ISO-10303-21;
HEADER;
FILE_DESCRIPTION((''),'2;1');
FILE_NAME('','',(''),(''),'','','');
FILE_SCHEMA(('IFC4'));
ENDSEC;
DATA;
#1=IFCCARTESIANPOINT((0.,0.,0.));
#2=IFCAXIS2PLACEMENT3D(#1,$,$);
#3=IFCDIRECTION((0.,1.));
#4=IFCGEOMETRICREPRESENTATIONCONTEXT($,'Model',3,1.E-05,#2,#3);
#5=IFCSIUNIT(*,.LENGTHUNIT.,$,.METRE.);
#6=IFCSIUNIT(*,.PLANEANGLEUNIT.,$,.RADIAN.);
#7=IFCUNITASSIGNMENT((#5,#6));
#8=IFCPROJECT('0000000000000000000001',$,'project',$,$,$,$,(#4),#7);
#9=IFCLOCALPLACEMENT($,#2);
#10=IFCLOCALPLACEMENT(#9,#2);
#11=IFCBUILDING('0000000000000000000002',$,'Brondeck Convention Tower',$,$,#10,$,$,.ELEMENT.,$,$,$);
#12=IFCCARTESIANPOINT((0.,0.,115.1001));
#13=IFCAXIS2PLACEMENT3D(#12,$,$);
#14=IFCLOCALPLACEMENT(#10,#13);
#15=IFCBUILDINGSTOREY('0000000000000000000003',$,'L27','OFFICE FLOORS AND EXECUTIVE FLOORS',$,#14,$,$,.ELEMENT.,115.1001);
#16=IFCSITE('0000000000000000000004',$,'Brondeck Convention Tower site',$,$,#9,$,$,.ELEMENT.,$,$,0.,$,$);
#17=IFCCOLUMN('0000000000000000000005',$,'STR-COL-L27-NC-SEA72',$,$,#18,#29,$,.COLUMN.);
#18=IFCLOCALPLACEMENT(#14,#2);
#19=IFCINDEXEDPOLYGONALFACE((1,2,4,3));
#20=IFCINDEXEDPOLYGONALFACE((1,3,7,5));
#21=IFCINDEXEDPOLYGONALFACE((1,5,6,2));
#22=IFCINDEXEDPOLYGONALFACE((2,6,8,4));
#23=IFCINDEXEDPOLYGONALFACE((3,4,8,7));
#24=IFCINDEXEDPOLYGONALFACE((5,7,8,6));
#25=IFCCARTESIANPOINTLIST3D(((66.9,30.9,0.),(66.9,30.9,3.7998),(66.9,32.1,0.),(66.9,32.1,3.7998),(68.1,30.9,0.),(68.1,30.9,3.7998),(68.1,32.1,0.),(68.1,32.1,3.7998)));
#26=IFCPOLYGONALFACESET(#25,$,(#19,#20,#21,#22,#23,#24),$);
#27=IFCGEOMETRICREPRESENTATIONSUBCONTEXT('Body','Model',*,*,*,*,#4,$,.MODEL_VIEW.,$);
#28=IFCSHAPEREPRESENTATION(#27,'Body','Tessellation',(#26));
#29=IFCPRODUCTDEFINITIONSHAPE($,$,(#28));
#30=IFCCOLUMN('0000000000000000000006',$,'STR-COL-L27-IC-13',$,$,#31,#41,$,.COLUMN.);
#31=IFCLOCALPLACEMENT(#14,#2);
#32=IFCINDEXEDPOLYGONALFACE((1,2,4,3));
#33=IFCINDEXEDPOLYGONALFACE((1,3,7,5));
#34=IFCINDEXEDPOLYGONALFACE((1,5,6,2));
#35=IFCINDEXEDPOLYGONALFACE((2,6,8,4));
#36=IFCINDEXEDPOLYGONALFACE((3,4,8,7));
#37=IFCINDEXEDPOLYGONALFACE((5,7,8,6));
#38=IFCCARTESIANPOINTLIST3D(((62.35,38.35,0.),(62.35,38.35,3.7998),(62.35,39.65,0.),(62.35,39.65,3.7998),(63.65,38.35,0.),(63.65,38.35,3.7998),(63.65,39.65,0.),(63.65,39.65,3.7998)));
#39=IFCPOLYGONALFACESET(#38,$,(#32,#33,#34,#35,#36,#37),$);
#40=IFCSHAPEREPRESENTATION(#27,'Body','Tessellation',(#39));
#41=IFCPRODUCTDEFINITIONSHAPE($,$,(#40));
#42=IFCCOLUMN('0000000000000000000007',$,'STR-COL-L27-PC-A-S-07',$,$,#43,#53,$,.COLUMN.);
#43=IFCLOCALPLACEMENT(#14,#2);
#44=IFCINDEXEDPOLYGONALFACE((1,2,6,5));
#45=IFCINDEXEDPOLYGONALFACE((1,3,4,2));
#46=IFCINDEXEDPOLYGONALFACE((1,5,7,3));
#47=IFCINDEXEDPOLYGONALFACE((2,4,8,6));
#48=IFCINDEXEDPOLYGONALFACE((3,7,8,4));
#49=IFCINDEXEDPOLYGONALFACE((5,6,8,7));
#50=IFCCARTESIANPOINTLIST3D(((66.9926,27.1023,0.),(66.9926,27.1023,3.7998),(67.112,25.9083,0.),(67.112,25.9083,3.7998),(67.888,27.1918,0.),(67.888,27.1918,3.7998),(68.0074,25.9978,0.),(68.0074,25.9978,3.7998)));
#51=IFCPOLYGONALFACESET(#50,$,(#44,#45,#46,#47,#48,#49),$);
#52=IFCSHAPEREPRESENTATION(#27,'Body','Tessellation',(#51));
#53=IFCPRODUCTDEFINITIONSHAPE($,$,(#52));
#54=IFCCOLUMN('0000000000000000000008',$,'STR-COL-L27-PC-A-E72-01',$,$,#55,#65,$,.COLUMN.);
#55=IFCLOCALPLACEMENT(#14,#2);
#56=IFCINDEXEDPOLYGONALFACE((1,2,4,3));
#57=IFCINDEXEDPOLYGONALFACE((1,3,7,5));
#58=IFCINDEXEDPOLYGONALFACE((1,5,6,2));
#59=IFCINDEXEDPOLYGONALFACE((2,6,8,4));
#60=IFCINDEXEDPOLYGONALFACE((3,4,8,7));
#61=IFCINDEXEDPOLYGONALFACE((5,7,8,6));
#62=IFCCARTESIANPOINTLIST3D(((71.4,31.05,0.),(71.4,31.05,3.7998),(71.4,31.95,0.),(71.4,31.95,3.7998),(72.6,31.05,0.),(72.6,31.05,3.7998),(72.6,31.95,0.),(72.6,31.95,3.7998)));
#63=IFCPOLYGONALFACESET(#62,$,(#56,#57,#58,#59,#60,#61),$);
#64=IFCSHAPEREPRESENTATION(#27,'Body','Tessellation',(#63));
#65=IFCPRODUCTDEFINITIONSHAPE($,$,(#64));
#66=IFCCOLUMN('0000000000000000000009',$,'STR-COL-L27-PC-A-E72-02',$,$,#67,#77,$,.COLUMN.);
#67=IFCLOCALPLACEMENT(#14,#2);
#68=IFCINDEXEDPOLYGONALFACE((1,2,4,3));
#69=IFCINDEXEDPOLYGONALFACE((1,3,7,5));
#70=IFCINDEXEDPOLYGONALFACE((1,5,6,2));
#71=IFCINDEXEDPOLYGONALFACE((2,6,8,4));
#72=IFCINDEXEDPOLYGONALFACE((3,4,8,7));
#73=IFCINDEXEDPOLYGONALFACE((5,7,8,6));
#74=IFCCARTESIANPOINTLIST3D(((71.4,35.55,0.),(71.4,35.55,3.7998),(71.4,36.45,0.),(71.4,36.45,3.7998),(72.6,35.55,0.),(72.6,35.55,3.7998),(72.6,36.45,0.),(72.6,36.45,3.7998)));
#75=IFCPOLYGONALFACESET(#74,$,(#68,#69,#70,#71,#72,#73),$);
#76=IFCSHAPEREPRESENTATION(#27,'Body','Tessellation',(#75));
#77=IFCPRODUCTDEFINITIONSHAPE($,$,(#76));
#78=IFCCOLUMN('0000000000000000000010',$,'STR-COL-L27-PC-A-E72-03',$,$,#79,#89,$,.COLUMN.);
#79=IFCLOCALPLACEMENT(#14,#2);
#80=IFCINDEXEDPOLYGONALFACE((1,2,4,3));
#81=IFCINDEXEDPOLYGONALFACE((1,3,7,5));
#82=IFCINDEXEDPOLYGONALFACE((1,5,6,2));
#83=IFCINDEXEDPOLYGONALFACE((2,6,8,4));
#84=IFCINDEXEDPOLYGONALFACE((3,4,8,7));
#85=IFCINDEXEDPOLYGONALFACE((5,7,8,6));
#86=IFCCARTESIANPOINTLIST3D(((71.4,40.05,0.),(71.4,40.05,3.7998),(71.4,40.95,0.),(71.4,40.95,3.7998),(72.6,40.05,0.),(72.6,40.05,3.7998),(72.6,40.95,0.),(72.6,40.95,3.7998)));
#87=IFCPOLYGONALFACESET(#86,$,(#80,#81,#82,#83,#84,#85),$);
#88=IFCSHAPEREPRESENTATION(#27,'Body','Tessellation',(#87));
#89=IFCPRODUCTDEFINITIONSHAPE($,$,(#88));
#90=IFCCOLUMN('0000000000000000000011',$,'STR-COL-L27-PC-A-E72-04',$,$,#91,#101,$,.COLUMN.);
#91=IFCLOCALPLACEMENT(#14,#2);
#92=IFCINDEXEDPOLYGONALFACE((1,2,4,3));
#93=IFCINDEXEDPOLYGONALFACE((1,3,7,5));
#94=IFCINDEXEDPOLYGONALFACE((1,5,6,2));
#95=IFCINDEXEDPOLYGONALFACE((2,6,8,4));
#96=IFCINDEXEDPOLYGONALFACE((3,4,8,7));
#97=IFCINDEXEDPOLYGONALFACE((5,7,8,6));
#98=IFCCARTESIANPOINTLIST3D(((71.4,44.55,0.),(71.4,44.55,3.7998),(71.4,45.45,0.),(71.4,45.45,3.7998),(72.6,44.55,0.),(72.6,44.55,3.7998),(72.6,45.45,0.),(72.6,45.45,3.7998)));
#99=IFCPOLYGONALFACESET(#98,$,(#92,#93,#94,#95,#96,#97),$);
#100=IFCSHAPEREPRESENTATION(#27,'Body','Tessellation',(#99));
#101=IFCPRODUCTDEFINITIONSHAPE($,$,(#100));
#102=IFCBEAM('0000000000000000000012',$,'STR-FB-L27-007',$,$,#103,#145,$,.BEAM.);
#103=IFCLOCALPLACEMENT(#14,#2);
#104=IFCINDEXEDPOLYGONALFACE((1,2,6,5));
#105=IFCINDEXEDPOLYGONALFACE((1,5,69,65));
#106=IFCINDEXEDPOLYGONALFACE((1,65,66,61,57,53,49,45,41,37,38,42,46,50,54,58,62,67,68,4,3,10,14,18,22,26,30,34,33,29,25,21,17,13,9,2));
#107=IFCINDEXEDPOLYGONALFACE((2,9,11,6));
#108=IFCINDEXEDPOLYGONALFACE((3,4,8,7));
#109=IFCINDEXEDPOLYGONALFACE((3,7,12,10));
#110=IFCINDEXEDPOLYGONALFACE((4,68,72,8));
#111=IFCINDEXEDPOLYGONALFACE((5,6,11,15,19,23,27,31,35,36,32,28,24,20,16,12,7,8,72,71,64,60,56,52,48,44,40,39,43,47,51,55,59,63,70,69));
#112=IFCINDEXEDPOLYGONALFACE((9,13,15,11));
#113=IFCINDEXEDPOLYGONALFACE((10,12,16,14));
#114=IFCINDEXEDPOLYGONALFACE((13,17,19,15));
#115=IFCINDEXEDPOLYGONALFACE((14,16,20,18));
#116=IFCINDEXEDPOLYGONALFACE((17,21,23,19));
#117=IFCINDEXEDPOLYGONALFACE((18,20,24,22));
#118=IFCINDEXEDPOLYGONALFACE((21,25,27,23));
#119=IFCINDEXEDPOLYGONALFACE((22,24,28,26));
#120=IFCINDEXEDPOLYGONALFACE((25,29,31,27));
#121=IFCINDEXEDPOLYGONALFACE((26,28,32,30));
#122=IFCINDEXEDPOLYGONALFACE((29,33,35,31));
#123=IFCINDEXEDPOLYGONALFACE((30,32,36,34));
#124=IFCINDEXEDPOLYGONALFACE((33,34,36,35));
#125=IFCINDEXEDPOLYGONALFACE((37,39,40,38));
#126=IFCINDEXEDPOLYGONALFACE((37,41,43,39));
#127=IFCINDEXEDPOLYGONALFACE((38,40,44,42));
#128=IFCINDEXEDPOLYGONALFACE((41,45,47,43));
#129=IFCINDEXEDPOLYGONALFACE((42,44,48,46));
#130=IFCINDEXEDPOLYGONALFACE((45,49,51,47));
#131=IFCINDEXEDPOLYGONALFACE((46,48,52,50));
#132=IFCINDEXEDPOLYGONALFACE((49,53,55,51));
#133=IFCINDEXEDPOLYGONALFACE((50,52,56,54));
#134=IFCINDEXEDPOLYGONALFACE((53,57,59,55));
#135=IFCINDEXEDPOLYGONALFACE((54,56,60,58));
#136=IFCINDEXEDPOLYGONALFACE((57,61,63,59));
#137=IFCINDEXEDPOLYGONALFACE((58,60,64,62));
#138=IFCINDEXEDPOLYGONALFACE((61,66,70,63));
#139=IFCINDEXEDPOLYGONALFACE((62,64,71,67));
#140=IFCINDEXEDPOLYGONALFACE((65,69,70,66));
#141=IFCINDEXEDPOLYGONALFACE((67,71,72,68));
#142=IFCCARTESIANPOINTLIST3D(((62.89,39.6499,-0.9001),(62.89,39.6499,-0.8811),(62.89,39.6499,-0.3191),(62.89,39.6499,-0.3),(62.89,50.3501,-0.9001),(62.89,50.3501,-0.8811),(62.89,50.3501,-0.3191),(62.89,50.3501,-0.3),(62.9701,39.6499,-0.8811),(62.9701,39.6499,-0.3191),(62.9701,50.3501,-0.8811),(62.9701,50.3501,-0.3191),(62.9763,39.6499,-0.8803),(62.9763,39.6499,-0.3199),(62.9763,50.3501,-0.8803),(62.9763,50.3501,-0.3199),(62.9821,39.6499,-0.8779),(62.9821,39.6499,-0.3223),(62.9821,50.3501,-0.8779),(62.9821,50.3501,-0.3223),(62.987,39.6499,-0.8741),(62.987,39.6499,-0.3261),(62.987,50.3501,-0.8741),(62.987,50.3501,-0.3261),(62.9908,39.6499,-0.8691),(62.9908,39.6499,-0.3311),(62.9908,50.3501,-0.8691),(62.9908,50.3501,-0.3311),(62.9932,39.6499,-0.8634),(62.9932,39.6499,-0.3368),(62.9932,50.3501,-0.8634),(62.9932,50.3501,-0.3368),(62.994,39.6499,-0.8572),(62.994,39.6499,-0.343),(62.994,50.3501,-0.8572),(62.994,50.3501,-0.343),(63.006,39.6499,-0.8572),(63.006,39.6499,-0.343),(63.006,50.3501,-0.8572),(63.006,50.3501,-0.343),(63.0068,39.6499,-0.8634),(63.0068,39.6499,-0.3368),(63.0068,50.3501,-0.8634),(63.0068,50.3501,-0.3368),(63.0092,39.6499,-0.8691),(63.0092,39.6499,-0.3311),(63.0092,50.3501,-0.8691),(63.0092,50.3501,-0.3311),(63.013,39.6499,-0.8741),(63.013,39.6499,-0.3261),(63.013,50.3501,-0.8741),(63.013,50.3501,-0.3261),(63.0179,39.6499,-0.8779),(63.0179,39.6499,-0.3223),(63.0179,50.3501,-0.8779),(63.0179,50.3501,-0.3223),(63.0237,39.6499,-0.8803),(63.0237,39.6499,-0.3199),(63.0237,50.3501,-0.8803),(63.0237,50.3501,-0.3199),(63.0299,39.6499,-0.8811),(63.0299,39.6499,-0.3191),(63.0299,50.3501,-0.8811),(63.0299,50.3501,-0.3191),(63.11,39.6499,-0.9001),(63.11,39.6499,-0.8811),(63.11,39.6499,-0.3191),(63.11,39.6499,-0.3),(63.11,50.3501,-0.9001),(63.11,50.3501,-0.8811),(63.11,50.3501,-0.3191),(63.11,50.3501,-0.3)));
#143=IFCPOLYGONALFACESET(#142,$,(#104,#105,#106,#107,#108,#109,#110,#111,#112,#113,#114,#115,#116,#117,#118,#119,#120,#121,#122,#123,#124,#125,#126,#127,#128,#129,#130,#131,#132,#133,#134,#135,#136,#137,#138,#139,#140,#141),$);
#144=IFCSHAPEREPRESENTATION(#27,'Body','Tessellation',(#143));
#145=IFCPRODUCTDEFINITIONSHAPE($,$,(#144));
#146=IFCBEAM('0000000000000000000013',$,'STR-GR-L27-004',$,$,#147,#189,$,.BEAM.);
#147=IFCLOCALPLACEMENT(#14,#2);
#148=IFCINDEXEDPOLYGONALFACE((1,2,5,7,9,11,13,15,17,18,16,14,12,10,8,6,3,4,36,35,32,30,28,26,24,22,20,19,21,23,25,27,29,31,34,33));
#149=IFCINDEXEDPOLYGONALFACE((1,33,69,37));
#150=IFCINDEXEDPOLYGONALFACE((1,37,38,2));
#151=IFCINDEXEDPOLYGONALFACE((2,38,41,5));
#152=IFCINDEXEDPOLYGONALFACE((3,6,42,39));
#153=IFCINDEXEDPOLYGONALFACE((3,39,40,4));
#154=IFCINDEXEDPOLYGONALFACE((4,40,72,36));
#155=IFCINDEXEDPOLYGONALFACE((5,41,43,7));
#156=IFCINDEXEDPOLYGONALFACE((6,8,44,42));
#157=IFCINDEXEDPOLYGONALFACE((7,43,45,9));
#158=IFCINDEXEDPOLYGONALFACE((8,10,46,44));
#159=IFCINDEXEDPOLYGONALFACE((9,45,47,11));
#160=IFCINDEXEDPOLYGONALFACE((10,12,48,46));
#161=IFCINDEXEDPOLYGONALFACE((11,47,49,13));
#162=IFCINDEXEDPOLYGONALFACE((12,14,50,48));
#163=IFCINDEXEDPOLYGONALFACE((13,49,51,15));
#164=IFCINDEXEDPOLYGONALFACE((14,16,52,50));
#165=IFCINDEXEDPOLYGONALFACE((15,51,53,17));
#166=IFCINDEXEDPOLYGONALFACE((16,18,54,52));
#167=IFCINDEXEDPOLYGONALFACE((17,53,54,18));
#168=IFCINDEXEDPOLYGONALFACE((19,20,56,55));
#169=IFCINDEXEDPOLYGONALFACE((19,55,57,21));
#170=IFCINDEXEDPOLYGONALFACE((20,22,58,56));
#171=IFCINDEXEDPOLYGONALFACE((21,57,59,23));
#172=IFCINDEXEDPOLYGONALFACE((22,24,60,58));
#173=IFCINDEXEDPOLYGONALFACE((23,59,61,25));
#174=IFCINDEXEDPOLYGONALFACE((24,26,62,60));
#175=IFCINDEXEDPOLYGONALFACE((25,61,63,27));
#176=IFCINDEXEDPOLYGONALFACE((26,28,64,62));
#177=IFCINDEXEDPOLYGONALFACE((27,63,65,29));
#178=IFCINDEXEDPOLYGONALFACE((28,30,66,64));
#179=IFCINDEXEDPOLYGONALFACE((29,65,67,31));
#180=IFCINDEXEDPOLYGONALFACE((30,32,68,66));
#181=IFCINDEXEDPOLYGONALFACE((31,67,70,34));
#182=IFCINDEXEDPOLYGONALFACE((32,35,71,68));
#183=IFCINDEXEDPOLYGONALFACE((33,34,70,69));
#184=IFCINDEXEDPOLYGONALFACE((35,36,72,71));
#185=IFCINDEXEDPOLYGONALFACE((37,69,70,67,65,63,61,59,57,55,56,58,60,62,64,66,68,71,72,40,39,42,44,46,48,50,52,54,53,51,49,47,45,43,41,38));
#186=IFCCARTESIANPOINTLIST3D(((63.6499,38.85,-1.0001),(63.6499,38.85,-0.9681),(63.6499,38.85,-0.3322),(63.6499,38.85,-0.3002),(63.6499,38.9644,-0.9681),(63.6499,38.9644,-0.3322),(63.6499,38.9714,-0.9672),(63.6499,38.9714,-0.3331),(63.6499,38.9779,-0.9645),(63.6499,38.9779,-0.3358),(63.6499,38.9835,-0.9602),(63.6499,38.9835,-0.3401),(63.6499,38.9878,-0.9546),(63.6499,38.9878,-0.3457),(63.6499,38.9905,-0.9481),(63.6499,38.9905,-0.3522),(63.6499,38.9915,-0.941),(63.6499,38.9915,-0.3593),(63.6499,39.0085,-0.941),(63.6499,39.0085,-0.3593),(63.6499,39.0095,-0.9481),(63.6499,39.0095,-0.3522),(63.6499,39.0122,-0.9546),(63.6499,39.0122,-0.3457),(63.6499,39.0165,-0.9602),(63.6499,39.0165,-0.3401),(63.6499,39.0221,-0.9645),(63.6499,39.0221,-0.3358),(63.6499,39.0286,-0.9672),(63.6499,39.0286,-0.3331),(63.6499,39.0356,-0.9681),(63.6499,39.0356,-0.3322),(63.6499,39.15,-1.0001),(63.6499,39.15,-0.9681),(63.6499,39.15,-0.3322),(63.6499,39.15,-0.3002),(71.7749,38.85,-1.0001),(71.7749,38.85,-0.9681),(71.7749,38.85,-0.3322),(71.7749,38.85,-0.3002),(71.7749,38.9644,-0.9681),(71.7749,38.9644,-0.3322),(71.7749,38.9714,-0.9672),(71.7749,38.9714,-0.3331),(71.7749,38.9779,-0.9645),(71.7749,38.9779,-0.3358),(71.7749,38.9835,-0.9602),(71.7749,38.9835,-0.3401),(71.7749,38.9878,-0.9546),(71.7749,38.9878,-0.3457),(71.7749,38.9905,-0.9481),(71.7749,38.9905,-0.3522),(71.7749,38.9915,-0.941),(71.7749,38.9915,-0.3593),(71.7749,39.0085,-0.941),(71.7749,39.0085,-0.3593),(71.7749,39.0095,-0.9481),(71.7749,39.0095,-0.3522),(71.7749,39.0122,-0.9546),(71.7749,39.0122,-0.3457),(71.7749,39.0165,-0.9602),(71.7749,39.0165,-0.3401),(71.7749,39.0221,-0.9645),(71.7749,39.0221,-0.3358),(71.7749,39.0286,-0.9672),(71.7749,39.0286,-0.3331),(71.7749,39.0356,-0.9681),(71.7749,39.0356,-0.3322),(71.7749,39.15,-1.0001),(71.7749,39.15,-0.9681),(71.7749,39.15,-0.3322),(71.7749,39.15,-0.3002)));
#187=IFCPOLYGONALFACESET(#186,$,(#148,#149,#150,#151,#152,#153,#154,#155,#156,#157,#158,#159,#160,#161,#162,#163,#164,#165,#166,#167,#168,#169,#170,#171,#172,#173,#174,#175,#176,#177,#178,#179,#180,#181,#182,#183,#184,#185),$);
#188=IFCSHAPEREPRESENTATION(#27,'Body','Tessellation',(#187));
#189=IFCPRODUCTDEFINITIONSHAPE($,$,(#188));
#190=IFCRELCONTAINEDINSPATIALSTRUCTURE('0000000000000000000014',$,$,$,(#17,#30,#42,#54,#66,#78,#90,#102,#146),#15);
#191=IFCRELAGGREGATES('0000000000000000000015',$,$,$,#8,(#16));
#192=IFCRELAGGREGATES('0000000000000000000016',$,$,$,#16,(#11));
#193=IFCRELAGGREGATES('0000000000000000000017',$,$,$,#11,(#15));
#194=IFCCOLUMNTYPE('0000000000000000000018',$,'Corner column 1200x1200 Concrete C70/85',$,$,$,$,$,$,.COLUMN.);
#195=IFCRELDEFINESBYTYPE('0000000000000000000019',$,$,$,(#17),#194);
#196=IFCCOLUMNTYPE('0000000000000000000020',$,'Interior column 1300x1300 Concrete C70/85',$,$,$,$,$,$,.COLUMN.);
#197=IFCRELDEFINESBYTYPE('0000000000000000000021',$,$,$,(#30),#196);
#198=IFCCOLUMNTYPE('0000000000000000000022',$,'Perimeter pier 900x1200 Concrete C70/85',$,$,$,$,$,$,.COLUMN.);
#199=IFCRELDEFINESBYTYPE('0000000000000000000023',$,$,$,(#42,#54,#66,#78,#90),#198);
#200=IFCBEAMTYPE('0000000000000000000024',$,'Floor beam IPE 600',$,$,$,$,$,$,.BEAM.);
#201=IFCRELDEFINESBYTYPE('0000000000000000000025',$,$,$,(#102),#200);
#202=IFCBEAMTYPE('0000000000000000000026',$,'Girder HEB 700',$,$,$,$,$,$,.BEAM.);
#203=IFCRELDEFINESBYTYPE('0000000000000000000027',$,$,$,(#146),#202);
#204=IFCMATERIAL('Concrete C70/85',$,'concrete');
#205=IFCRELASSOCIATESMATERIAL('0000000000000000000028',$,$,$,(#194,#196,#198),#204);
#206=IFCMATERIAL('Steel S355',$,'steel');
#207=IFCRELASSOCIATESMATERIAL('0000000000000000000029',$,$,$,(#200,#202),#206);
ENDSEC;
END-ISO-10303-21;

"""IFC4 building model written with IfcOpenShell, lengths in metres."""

from ifc_helpers import new_model, si_unit, direction, frame, origin, origin_2d, place, context, subcontext, project, spatial, rectangle, i_section, extrude, material, material_profile, profile_set, type_object, element, save


model = new_model("IFC4")

# Units and contexts
model_context = context("Model", 3, precision=1e-05, world=origin(), true_north=direction((0.0, 1.0)))
body_context = subcontext(model_context, "Body", "Model", "MODEL_VIEW")
ifc_project = project(units=[si_unit("LENGTHUNIT", "METRE"), si_unit("PLANEANGLEUNIT", "RADIAN")], contexts=[model_context])

# Site, building, storey
site_placement = place(None, origin())
site = spatial("IfcSite", under=ifc_project, at=site_placement, Name="Brondeck Convention Tower site", CompositionType="ELEMENT", RefElevation=0.0)
building_placement = place(site_placement, origin())
building = spatial("IfcBuilding", under=site, at=building_placement, Name="Brondeck Convention Tower", CompositionType="ELEMENT")
storey_placement = place(building_placement, frame((0.0, 0.0, 115.1001)))
storey = spatial("IfcBuildingStorey", under=building, at=storey_placement, Name="L27", Description="OFFICE FLOORS AND EXECUTIVE FLOORS", CompositionType="ELEMENT", Elevation=115.1001)

# Columns
ifc_material_1 = material(Name="Concrete C70/85", Category="concrete")
ifc_material_profile_1 = material_profile(ifc_material_1, rectangle(XDim=1.2, YDim=1.2, at=origin_2d()), Name="Corner column 1200x1200 Concrete C70/85")
ifc_profile_set_1 = profile_set([ifc_material_profile_1], Name="Concrete C70/85")
column_type_1 = type_object("IfcColumnType", Name="Corner column 1200x1200 Concrete C70/85", PredefinedType="COLUMN", material=ifc_profile_set_1)
column_1_placement = place(storey_placement, frame((67.5, 31.5, 0.0), z_axis=(0.0, 0.0, 1.0), x_axis=(1.0, 0.0, 0.0)))
element("IfcColumn", 1, at=column_1_placement, inside=storey, type_object=column_type_1, Name="STR-COL-L27-NC-SEA72", PredefinedType="COLUMN", context=body_context, shape_type="SweptSolid", body=[
    extrude(rectangle(XDim=1.2, YDim=1.2, at=origin_2d()), origin(), (0.0, 0.0, 1.0), 3.7998),
])
ifc_material_profile_2 = material_profile(ifc_material_1, rectangle(XDim=1.3, YDim=1.3, at=origin_2d()), Name="Interior column 1300x1300 Concrete C70/85")
ifc_profile_set_2 = profile_set([ifc_material_profile_2], Name="Concrete C70/85")
column_type_2 = type_object("IfcColumnType", Name="Interior column 1300x1300 Concrete C70/85", PredefinedType="COLUMN", material=ifc_profile_set_2)
column_2_placement = place(storey_placement, frame((63.0, 39.0, 0.0), z_axis=(0.0, 0.0, 1.0), x_axis=(1.0, 0.0, 0.0)))
element("IfcColumn", 2, at=column_2_placement, inside=storey, type_object=column_type_2, Name="STR-COL-L27-IC-13", PredefinedType="COLUMN", context=body_context, shape_type="SweptSolid", body=[
    extrude(rectangle(XDim=1.3, YDim=1.3, at=origin_2d()), origin(), (0.0, 0.0, 1.0), 3.7998),
])
ifc_material_profile_3 = material_profile(ifc_material_1, rectangle(XDim=0.8999, YDim=1.2, at=origin_2d()), Name="Perimeter pier 900x1200 Concrete C70/85")
ifc_profile_set_3 = profile_set([ifc_material_profile_3], Name="Concrete C70/85")
column_type_3 = type_object("IfcColumnType", Name="Perimeter pier 900x1200 Concrete C70/85", PredefinedType="COLUMN", material=ifc_profile_set_3)
for number, where, z_axis, x_axis, name in (
    (3, (67.5, 26.55, 0.0), (0.0, 0.0, 1.0), (0.995037, 0.099504, 0.0), "STR-COL-L27-PC-A-S-07"),
    (4, (72.0, 31.5, 0.0), (0.0, 0.0, 1.0), (0.0, 1.0, 0.0), "STR-COL-L27-PC-A-E72-01"),
    (5, (72.0, 36.0, 0.0), (0.0, 0.0, 1.0), (0.0, 1.0, 0.0), "STR-COL-L27-PC-A-E72-02"),
    (6, (72.0, 40.5, 0.0), (0.0, 0.0, 1.0), (0.0, 1.0, 0.0), "STR-COL-L27-PC-A-E72-03"),
    (7, (72.0, 45.0, 0.0), (0.0, 0.0, 1.0), (0.0, 1.0, 0.0), "STR-COL-L27-PC-A-E72-04"),
):
    element("IfcColumn", number, at=place(storey_placement, frame(where, z_axis=z_axis, x_axis=x_axis)), inside=storey, type_object=column_type_3, Name=name, PredefinedType="COLUMN", context=body_context, shape_type="SweptSolid", body=[
        extrude(rectangle(XDim=0.8999, YDim=1.2, at=origin_2d()), origin(), (0.0, 0.0, 1.0), 3.7998),
    ])

# Beams
ifc_material_2 = material(Name="Steel S355", Category="steel")
ifc_material_profile_4 = material_profile(ifc_material_2, i_section(OverallWidth=0.22, OverallDepth=0.6001, WebThickness=0.012, FlangeThickness=0.019, FilletRadius=0.0239, at=origin_2d()), Name="IPE 600")
ifc_profile_set_4 = profile_set([ifc_material_profile_4], Name="Steel S355")
beam_type_1 = type_object("IfcBeamType", Name="Floor beam IPE 600", PredefinedType="BEAM", material=ifc_profile_set_4)
beam_1_placement = place(storey_placement, frame((63.0, 39.6499, -0.6001), z_axis=(0.0, 1.0, 0.0), x_axis=(-1.0, 0.0, 0.0)))
element("IfcBeam", 8, at=beam_1_placement, inside=storey, type_object=beam_type_1, Name="STR-FB-L27-007", PredefinedType="BEAM", context=body_context, shape_type="SweptSolid", body=[
    extrude(i_section(OverallWidth=0.22, OverallDepth=0.6001, WebThickness=0.012, FlangeThickness=0.019, FilletRadius=0.0239, at=origin_2d()), origin(), (0.0, 0.0, 1.0), 10.7002),
])
ifc_material_profile_5 = material_profile(ifc_material_2, i_section(OverallWidth=0.3, OverallDepth=0.7, WebThickness=0.0171, FlangeThickness=0.032, FilletRadius=0.0271, at=origin_2d()), Name="HEB 700")
ifc_profile_set_5 = profile_set([ifc_material_profile_5], Name="Steel S355")
beam_type_2 = type_object("IfcBeamType", Name="Girder HEB 700", PredefinedType="BEAM", material=ifc_profile_set_5)
beam_2_placement = place(storey_placement, frame((63.6499, 39.0, -0.6501), z_axis=(1.0, 0.0, 0.0), x_axis=(0.0, 1.0, 0.0)))
element("IfcBeam", 9, at=beam_2_placement, inside=storey, type_object=beam_type_2, Name="STR-GR-L27-004", PredefinedType="BEAM", context=body_context, shape_type="SweptSolid", body=[
    extrude(i_section(OverallWidth=0.3, OverallDepth=0.7, WebThickness=0.0171, FlangeThickness=0.032, FilletRadius=0.0271, at=origin_2d()), origin(), (0.0, 0.0, 1.0), 8.125),
])

save(model, "model.ifc")
